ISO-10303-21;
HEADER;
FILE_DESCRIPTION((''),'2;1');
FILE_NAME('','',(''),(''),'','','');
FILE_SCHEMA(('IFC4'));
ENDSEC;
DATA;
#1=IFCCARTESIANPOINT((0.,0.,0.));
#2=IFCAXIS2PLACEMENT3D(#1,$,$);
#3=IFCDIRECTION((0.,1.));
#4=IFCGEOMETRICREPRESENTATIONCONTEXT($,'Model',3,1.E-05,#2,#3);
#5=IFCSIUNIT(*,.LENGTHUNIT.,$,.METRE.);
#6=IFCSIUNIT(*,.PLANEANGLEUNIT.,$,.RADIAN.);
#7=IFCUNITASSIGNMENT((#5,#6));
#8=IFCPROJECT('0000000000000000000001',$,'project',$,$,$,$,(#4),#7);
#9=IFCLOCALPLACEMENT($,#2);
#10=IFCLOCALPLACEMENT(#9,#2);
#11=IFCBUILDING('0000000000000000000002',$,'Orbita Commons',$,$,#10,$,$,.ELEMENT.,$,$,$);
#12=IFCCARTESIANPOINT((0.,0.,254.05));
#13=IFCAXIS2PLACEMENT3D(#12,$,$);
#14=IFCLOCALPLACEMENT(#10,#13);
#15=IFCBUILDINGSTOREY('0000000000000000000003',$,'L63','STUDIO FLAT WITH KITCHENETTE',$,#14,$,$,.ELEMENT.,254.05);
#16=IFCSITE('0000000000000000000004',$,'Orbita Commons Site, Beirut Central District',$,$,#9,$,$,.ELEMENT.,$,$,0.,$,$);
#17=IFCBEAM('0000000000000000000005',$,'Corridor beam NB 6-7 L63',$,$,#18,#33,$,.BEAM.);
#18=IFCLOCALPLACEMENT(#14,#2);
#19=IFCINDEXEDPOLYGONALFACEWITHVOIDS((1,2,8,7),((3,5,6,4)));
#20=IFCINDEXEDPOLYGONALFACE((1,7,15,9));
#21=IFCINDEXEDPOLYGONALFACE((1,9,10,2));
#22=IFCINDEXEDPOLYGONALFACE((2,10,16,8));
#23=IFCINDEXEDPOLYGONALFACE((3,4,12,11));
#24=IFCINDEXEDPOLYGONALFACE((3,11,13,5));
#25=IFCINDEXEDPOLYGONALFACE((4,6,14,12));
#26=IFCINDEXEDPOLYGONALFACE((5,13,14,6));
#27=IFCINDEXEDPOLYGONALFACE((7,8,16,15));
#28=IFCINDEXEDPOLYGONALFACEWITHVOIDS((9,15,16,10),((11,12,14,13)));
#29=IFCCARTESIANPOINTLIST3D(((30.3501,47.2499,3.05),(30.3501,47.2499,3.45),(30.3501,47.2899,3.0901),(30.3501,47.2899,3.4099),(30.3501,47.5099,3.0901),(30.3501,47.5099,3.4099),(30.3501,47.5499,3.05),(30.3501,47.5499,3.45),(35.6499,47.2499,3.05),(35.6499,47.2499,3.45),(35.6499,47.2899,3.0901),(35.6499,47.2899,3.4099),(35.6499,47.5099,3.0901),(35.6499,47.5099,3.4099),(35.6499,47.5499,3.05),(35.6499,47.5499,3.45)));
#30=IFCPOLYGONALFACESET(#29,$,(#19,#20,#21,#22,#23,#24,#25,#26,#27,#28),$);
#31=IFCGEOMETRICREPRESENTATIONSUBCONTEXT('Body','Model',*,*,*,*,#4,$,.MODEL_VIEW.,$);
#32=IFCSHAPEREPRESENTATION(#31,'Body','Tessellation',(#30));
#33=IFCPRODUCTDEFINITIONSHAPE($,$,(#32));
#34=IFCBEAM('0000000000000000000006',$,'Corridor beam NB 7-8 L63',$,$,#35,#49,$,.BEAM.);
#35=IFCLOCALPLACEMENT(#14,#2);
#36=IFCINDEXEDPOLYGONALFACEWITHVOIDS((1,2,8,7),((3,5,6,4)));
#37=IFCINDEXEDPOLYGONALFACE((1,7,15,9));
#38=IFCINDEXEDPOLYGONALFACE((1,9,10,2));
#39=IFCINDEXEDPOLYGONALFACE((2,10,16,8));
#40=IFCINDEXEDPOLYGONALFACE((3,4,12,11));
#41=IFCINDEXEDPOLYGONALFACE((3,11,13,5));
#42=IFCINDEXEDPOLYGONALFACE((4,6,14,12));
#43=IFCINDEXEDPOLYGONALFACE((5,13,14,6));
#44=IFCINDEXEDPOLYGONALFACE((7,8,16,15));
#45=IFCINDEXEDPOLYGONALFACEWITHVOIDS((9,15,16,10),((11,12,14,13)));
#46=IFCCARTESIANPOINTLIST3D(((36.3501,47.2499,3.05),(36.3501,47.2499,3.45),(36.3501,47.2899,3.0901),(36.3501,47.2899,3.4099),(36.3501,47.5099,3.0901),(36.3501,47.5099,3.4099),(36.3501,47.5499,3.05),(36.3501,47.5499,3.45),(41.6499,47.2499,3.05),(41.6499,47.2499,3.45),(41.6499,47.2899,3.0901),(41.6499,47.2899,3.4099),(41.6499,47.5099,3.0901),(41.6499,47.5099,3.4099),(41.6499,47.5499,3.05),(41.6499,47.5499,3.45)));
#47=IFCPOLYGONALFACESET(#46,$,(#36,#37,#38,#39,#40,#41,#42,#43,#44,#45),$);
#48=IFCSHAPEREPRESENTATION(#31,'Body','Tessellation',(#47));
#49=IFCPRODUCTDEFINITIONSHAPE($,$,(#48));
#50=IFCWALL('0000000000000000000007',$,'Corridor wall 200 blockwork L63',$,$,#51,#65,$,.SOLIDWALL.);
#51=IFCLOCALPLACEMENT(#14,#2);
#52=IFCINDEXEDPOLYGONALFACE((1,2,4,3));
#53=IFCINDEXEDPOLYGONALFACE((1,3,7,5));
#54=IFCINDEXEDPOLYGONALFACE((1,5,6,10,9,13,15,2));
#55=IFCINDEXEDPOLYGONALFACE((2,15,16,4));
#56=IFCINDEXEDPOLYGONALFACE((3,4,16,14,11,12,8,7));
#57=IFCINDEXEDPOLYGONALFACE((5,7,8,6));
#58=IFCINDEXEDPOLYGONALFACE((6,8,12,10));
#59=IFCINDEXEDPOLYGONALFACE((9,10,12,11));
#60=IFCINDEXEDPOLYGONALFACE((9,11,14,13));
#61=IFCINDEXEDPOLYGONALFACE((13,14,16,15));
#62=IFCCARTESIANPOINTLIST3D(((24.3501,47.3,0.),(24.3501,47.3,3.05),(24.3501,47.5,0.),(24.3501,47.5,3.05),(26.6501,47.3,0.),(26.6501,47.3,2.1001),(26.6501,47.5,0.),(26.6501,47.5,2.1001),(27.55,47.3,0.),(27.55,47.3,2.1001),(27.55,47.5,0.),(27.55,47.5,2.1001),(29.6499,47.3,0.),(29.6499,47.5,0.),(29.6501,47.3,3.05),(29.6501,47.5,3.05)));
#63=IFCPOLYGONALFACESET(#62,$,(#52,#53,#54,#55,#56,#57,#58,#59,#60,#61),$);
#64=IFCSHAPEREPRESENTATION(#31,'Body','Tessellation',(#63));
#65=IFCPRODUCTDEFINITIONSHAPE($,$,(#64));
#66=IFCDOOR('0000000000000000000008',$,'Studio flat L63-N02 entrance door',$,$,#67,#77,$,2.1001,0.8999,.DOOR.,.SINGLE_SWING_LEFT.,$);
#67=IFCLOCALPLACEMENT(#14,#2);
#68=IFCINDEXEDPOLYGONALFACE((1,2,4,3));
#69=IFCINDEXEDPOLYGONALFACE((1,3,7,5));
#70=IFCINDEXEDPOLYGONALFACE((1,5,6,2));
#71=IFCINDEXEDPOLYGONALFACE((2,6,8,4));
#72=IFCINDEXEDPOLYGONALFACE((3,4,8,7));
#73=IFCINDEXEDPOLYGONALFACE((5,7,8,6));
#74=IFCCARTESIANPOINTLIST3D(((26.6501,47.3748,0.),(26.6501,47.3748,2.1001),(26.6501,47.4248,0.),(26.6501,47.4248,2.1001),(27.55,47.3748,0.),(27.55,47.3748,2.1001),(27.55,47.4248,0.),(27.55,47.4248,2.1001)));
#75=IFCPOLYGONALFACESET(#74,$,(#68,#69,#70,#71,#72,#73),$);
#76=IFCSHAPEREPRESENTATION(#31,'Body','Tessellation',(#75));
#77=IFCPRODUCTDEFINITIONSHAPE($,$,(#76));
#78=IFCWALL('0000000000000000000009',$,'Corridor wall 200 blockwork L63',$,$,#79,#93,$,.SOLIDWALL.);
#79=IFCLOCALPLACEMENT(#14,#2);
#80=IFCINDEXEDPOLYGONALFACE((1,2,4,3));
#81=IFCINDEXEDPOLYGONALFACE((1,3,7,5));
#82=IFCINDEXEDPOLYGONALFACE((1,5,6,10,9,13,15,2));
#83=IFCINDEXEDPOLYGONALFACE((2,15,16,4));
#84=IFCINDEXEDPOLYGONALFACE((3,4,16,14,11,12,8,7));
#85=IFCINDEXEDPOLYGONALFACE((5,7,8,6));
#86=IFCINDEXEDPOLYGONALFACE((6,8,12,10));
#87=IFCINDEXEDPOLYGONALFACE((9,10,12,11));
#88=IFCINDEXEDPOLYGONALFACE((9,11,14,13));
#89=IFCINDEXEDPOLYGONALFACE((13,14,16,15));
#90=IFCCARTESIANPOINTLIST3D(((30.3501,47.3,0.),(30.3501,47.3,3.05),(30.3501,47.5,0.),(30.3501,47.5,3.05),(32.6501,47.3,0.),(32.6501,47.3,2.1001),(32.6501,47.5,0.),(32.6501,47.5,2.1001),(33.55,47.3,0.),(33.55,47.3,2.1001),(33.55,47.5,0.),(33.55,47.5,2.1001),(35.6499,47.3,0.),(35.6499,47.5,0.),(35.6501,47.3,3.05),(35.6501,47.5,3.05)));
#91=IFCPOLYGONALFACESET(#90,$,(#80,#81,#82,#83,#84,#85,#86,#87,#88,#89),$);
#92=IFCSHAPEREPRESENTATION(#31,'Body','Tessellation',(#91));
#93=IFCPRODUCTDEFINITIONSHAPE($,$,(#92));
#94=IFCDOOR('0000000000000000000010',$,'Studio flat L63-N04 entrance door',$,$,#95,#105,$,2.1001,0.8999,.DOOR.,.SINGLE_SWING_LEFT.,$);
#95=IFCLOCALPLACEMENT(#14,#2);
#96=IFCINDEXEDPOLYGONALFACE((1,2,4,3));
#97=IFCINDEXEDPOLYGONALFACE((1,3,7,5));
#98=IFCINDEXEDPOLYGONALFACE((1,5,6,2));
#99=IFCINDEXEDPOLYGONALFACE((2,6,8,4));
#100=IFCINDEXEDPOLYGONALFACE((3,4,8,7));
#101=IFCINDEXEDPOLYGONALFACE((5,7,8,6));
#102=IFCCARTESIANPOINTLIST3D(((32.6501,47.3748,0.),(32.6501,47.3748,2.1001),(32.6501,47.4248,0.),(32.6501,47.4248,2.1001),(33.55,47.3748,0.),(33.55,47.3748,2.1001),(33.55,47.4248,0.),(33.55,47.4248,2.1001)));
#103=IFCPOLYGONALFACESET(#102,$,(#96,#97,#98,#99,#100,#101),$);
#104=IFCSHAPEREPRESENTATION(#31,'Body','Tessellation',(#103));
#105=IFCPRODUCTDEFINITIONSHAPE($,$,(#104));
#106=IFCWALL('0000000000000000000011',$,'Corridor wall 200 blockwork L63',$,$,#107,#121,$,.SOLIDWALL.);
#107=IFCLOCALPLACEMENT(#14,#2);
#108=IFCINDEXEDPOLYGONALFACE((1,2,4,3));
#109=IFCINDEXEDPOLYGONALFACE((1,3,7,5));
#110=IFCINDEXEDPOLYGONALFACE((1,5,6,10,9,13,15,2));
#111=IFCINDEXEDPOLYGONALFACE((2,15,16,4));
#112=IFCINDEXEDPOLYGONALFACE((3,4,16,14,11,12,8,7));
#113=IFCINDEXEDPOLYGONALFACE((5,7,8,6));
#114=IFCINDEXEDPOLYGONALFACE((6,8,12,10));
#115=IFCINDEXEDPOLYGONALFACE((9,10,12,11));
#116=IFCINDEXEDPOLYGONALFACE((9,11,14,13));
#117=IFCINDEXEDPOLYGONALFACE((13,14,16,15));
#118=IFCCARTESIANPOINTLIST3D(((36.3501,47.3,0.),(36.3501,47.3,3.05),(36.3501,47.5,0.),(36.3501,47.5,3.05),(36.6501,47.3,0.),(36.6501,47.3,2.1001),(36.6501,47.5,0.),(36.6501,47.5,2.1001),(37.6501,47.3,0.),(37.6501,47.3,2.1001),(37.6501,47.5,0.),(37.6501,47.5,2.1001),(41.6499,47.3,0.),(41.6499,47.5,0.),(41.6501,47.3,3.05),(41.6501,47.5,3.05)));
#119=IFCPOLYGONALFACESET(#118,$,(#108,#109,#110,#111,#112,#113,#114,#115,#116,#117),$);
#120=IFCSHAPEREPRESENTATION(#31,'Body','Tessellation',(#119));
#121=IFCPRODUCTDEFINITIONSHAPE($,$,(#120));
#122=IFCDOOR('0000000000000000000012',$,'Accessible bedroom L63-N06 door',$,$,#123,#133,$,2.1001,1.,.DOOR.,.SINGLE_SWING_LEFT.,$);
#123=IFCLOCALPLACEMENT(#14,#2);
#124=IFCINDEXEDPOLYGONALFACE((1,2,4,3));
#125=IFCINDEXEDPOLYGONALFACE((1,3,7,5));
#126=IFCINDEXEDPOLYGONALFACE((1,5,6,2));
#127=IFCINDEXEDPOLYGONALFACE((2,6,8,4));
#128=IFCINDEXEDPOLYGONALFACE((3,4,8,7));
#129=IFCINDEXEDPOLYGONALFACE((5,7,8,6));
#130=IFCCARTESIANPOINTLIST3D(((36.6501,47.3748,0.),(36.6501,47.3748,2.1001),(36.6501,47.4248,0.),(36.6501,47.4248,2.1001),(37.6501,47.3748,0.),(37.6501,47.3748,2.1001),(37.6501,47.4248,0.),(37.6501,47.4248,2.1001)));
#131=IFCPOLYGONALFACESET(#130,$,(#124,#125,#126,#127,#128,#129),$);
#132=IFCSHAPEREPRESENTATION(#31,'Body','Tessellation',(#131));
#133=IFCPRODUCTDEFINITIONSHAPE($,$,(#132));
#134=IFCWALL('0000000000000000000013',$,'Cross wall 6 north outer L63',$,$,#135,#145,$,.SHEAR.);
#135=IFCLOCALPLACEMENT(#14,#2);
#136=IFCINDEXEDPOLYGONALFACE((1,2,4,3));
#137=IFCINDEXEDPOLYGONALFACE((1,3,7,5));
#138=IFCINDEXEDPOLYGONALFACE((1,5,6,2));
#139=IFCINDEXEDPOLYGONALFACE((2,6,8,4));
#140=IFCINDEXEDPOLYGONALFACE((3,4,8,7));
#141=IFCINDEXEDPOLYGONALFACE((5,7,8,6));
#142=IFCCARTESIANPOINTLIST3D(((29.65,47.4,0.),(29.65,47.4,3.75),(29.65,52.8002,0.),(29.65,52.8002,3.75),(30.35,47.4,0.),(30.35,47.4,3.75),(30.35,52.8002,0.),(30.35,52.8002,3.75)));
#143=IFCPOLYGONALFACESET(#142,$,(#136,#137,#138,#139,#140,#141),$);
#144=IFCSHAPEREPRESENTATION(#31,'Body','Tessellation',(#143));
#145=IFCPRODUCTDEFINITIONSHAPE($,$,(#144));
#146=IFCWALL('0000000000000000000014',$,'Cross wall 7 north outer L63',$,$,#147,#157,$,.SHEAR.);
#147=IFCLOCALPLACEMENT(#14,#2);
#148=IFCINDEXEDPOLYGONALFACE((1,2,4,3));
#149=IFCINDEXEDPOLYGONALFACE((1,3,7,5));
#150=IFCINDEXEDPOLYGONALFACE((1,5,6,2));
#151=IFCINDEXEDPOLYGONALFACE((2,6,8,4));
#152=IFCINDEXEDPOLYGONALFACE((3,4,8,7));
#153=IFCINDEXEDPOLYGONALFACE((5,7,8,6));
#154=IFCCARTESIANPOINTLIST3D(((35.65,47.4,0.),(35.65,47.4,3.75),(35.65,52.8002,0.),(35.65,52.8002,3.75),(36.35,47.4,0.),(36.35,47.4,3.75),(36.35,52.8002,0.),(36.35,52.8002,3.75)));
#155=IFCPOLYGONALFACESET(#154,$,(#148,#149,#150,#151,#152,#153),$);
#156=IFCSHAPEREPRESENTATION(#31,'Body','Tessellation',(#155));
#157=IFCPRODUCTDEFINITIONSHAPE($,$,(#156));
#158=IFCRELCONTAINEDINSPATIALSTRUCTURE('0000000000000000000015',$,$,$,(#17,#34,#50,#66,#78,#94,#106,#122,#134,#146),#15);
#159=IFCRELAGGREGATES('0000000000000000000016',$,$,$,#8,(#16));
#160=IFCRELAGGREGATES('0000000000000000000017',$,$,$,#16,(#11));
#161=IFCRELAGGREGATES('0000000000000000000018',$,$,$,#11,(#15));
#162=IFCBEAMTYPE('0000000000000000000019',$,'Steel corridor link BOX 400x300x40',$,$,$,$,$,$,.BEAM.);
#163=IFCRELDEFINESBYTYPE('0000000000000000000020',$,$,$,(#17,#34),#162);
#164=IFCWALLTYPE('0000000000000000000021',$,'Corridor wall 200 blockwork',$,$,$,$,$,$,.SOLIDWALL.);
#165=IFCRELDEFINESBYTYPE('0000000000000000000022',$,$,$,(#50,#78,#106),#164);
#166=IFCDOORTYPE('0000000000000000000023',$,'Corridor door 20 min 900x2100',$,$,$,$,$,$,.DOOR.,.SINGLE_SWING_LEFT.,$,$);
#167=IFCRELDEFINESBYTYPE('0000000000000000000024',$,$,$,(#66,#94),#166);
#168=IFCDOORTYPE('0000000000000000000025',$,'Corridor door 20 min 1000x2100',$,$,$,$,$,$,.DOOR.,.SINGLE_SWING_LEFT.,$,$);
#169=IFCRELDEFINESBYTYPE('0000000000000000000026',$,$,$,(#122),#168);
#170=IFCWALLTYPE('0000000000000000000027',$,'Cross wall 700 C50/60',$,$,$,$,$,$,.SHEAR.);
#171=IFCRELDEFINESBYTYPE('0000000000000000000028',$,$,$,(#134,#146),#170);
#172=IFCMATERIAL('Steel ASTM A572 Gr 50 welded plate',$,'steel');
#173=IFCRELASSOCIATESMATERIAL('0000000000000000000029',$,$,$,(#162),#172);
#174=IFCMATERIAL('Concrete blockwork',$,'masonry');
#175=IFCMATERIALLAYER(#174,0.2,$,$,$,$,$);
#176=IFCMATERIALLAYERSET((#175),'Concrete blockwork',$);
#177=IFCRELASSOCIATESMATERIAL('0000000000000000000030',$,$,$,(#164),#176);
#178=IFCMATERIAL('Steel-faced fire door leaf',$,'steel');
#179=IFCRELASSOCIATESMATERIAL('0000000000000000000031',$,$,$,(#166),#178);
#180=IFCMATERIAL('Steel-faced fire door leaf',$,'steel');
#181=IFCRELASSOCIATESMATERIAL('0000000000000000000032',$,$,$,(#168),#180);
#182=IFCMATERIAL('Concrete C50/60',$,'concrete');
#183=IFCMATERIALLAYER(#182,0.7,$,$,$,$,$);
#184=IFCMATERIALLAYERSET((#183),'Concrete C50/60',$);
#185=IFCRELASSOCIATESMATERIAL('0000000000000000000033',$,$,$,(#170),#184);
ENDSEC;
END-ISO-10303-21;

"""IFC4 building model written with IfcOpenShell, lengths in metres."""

from ifc_helpers import new_model, si_unit, direction, frame, frame_2d, origin, origin_2d, place, context, subcontext, project, spatial, polyline, rectangle, hollow_rectangle, outline, extrude, material, layer, layer_set, material_profile, profile_set, type_object, element, fill, save


model = new_model("IFC4")

# Units and contexts
model_context = context("Model", 3, precision=1e-05, world=origin(), true_north=direction((0.0, 1.0)))
body_context = subcontext(model_context, "Body", "Model", "MODEL_VIEW")
ifc_project = project(units=[si_unit("LENGTHUNIT", "METRE"), si_unit("PLANEANGLEUNIT", "RADIAN")], contexts=[model_context])

# Site, building, storey
site_placement = place(None, origin())
site = spatial("IfcSite", under=ifc_project, at=site_placement, Name="Orbita Commons Site, Beirut Central District", CompositionType="ELEMENT", RefElevation=0.0)
building_placement = place(site_placement, origin())
building = spatial("IfcBuilding", under=site, at=building_placement, Name="Orbita Commons", CompositionType="ELEMENT")
storey_placement = place(building_placement, frame((0.0, 0.0, 254.05)))
storey = spatial("IfcBuildingStorey", under=building, at=storey_placement, Name="L63", Description="STUDIO FLAT WITH KITCHENETTE", CompositionType="ELEMENT", Elevation=254.05)

# Beams
ifc_material_1 = material(Name="Steel ASTM A572 Gr 50 welded plate", Category="steel")
ifc_material_profile = material_profile(ifc_material_1, hollow_rectangle(XDim=0.3, YDim=0.3999, WallThickness=0.04, at=origin_2d()), Name="BOX 400x300x40")
ifc_profile_set = profile_set([ifc_material_profile], Name="Steel ASTM A572 Gr 50 welded plate")
beam_type = type_object("IfcBeamType", Name="Steel corridor link BOX 400x300x40", PredefinedType="BEAM", material=ifc_profile_set)
for number, where, z_axis, x_axis, name in (
    (1, (30.3501, 47.3999, 3.25), (1.0, 0.0, 0.0), (0.0, 1.0, 0.0), "Corridor beam NB 6-7 L63"),
    (2, (36.3501, 47.3999, 3.25), (1.0, 0.0, 0.0), (0.0, 1.0, 0.0), "Corridor beam NB 7-8 L63"),
):
    element("IfcBeam", number, at=place(storey_placement, frame(where, z_axis=z_axis, x_axis=x_axis)), inside=storey, type_object=beam_type, Name=name, PredefinedType="BEAM", context=body_context, shape_type="SweptSolid", body=[
        extrude(hollow_rectangle(XDim=0.3, YDim=0.3999, WallThickness=0.04, at=origin_2d()), origin(), (0.0, 0.0, 1.0), 5.2998),
    ])

# Walls, openings, doors
ifc_material_2 = material(Name="Concrete blockwork", Category="masonry")
ifc_layer_1 = layer(ifc_material_2, 0.2)
ifc_layer_set_1 = layer_set([ifc_layer_1], Name="Concrete blockwork")
wall_type_1 = type_object("IfcWallType", Name="Corridor wall 200 blockwork", PredefinedType="SOLIDWALL", material=ifc_layer_set_1)
wall_1_placement = place(storey_placement, frame((24.3501, 47.3999, 0.0), z_axis=(0.0, 0.0, 1.0), x_axis=(1.0, 0.0, 0.0)))
wall_1 = element("IfcWall", 3, at=wall_1_placement, inside=storey, type_object=wall_type_1, Name="Corridor wall 200 blockwork L63", PredefinedType="SOLIDWALL", context=body_context, shape_type="SweptSolid", body=[
    extrude(outline(polyline([(0.0, 0.0), (5.2998, 0.0), (5.3, 3.05), (0.0, 3.05), (0.0, 0.0)])), frame((0.0, 0.1001, 0.0), z_axis=(0.0, -1.0, 0.0), x_axis=(1.0, 0.0, 0.0)), (0.0, 0.0, 1.0), 0.2),
])
opening_1_placement = place(wall_1_placement, frame((2.3, 0.0, 0.0)))
opening_1 = element("IfcOpeningElement", 4, at=opening_1_placement, cuts=wall_1, PredefinedType="OPENING", context=body_context, shape_type="SweptSolid", body=[
    extrude(rectangle(XDim=0.8999, YDim=2.1001, at=frame_2d((0.45, 1.05))), frame((0.0, 0.1099, 0.0), z_axis=(0.0, -1.0, 0.0), x_axis=(1.0, 0.0, 0.0)), (0.0, 0.0, 1.0), 0.22),
])
ifc_material_3 = material(Name="Steel-faced fire door leaf", Category="steel")
door_type_1 = type_object("IfcDoorType", Name="Corridor door 20 min 900x2100", OperationType="SINGLE_SWING_LEFT", PredefinedType="DOOR", material=ifc_material_3)
door_1_placement = place(opening_1_placement, origin())
door_1 = element("IfcDoor", 5, at=door_1_placement, inside=storey, type_object=door_type_1, Name="Studio flat L63-N02 entrance door", OperationType="SINGLE_SWING_LEFT", OverallHeight=2.1001, OverallWidth=0.8999, PredefinedType="DOOR", context=body_context, shape_type="SweptSolid", body=[
    extrude(rectangle(XDim=0.8999, YDim=2.1001, at=frame_2d((0.45, 1.05))), frame((0.0, 0.0249, 0.0), z_axis=(0.0, -1.0, 0.0), x_axis=(1.0, 0.0, 0.0)), (0.0, 0.0, 1.0), 0.05),
])
fill(opening_1, door_1)
wall_2_placement = place(storey_placement, frame((30.3501, 47.3999, 0.0), z_axis=(0.0, 0.0, 1.0), x_axis=(1.0, 0.0, 0.0)))
wall_2 = element("IfcWall", 6, at=wall_2_placement, inside=storey, type_object=wall_type_1, Name="Corridor wall 200 blockwork L63", PredefinedType="SOLIDWALL", context=body_context, shape_type="SweptSolid", body=[
    extrude(outline(polyline([(0.0, 0.0), (5.2998, 0.0), (5.3, 3.05), (0.0, 3.05), (0.0, 0.0)])), frame((0.0, 0.1001, 0.0), z_axis=(0.0, -1.0, 0.0), x_axis=(1.0, 0.0, 0.0)), (0.0, 0.0, 1.0), 0.2),
])
opening_2_placement = place(wall_2_placement, frame((2.3, 0.0, 0.0)))
opening_2 = element("IfcOpeningElement", 7, at=opening_2_placement, cuts=wall_2, PredefinedType="OPENING", context=body_context, shape_type="SweptSolid", body=[
    extrude(rectangle(XDim=0.8999, YDim=2.1001, at=frame_2d((0.45, 1.05))), frame((0.0, 0.1099, 0.0), z_axis=(0.0, -1.0, 0.0), x_axis=(1.0, 0.0, 0.0)), (0.0, 0.0, 1.0), 0.22),
])
door_2_placement = place(opening_2_placement, origin())
door_2 = element("IfcDoor", 8, at=door_2_placement, inside=storey, type_object=door_type_1, Name="Studio flat L63-N04 entrance door", OperationType="SINGLE_SWING_LEFT", OverallHeight=2.1001, OverallWidth=0.8999, PredefinedType="DOOR", context=body_context, shape_type="SweptSolid", body=[
    extrude(rectangle(XDim=0.8999, YDim=2.1001, at=frame_2d((0.45, 1.05))), frame((0.0, 0.0249, 0.0), z_axis=(0.0, -1.0, 0.0), x_axis=(1.0, 0.0, 0.0)), (0.0, 0.0, 1.0), 0.05),
])
fill(opening_2, door_2)
wall_3_placement = place(storey_placement, frame((36.3501, 47.3999, 0.0), z_axis=(0.0, 0.0, 1.0), x_axis=(1.0, 0.0, 0.0)))
wall_3 = element("IfcWall", 9, at=wall_3_placement, inside=storey, type_object=wall_type_1, Name="Corridor wall 200 blockwork L63", PredefinedType="SOLIDWALL", context=body_context, shape_type="SweptSolid", body=[
    extrude(outline(polyline([(0.0, 0.0), (5.2998, 0.0), (5.3, 3.05), (0.0, 3.05), (0.0, 0.0)])), frame((0.0, 0.1001, 0.0), z_axis=(0.0, -1.0, 0.0), x_axis=(1.0, 0.0, 0.0)), (0.0, 0.0, 1.0), 0.2),
])
opening_3_placement = place(wall_3_placement, frame((0.3, 0.0, 0.0)))
opening_3 = element("IfcOpeningElement", 10, at=opening_3_placement, cuts=wall_3, PredefinedType="OPENING", context=body_context, shape_type="SweptSolid", body=[
    extrude(rectangle(XDim=1.0, YDim=2.1001, at=frame_2d((0.5, 1.05))), frame((0.0, 0.1099, 0.0), z_axis=(0.0, -1.0, 0.0), x_axis=(1.0, 0.0, 0.0)), (0.0, 0.0, 1.0), 0.22),
])
ifc_material_4 = material(Name="Steel-faced fire door leaf", Category="steel")
door_type_2 = type_object("IfcDoorType", Name="Corridor door 20 min 1000x2100", OperationType="SINGLE_SWING_LEFT", PredefinedType="DOOR", material=ifc_material_4)
door_3_placement = place(opening_3_placement, origin())
door_3 = element("IfcDoor", 11, at=door_3_placement, inside=storey, type_object=door_type_2, Name="Accessible bedroom L63-N06 door", OperationType="SINGLE_SWING_LEFT", OverallHeight=2.1001, OverallWidth=1.0, PredefinedType="DOOR", context=body_context, shape_type="SweptSolid", body=[
    extrude(rectangle(XDim=1.0, YDim=2.1001, at=frame_2d((0.5, 1.05))), frame((0.0, 0.0249, 0.0), z_axis=(0.0, -1.0, 0.0), x_axis=(1.0, 0.0, 0.0)), (0.0, 0.0, 1.0), 0.05),
])
fill(opening_3, door_3)

# Walls
ifc_material_5 = material(Name="Concrete C50/60", Category="concrete")
ifc_layer_2 = layer(ifc_material_5, 0.7)
ifc_layer_set_2 = layer_set([ifc_layer_2], Name="Concrete C50/60")
wall_type_2 = type_object("IfcWallType", Name="Cross wall 700 C50/60", PredefinedType="SHEAR", material=ifc_layer_set_2)
for number, where, z_axis, x_axis, name in (
    (12, (30.0, 47.3999, 0.0), (0.0, 0.0, 1.0), (0.0, 1.0, 0.0), "Cross wall 6 north outer L63"),
    (13, (36.0, 47.3999, 0.0), (0.0, 0.0, 1.0), (0.0, 1.0, 0.0), "Cross wall 7 north outer L63"),
):
    element("IfcWall", number, at=place(storey_placement, frame(where, z_axis=z_axis, x_axis=x_axis)), inside=storey, type_object=wall_type_2, Name=name, PredefinedType="SHEAR", context=body_context, shape_type="SweptSolid", body=[
        extrude(rectangle(XDim=5.4001, YDim=0.7, at=frame_2d((2.7002, 0.0))), origin(), (0.0, 0.0, 1.0), 3.75),
    ])

save(model, "model.ifc")
